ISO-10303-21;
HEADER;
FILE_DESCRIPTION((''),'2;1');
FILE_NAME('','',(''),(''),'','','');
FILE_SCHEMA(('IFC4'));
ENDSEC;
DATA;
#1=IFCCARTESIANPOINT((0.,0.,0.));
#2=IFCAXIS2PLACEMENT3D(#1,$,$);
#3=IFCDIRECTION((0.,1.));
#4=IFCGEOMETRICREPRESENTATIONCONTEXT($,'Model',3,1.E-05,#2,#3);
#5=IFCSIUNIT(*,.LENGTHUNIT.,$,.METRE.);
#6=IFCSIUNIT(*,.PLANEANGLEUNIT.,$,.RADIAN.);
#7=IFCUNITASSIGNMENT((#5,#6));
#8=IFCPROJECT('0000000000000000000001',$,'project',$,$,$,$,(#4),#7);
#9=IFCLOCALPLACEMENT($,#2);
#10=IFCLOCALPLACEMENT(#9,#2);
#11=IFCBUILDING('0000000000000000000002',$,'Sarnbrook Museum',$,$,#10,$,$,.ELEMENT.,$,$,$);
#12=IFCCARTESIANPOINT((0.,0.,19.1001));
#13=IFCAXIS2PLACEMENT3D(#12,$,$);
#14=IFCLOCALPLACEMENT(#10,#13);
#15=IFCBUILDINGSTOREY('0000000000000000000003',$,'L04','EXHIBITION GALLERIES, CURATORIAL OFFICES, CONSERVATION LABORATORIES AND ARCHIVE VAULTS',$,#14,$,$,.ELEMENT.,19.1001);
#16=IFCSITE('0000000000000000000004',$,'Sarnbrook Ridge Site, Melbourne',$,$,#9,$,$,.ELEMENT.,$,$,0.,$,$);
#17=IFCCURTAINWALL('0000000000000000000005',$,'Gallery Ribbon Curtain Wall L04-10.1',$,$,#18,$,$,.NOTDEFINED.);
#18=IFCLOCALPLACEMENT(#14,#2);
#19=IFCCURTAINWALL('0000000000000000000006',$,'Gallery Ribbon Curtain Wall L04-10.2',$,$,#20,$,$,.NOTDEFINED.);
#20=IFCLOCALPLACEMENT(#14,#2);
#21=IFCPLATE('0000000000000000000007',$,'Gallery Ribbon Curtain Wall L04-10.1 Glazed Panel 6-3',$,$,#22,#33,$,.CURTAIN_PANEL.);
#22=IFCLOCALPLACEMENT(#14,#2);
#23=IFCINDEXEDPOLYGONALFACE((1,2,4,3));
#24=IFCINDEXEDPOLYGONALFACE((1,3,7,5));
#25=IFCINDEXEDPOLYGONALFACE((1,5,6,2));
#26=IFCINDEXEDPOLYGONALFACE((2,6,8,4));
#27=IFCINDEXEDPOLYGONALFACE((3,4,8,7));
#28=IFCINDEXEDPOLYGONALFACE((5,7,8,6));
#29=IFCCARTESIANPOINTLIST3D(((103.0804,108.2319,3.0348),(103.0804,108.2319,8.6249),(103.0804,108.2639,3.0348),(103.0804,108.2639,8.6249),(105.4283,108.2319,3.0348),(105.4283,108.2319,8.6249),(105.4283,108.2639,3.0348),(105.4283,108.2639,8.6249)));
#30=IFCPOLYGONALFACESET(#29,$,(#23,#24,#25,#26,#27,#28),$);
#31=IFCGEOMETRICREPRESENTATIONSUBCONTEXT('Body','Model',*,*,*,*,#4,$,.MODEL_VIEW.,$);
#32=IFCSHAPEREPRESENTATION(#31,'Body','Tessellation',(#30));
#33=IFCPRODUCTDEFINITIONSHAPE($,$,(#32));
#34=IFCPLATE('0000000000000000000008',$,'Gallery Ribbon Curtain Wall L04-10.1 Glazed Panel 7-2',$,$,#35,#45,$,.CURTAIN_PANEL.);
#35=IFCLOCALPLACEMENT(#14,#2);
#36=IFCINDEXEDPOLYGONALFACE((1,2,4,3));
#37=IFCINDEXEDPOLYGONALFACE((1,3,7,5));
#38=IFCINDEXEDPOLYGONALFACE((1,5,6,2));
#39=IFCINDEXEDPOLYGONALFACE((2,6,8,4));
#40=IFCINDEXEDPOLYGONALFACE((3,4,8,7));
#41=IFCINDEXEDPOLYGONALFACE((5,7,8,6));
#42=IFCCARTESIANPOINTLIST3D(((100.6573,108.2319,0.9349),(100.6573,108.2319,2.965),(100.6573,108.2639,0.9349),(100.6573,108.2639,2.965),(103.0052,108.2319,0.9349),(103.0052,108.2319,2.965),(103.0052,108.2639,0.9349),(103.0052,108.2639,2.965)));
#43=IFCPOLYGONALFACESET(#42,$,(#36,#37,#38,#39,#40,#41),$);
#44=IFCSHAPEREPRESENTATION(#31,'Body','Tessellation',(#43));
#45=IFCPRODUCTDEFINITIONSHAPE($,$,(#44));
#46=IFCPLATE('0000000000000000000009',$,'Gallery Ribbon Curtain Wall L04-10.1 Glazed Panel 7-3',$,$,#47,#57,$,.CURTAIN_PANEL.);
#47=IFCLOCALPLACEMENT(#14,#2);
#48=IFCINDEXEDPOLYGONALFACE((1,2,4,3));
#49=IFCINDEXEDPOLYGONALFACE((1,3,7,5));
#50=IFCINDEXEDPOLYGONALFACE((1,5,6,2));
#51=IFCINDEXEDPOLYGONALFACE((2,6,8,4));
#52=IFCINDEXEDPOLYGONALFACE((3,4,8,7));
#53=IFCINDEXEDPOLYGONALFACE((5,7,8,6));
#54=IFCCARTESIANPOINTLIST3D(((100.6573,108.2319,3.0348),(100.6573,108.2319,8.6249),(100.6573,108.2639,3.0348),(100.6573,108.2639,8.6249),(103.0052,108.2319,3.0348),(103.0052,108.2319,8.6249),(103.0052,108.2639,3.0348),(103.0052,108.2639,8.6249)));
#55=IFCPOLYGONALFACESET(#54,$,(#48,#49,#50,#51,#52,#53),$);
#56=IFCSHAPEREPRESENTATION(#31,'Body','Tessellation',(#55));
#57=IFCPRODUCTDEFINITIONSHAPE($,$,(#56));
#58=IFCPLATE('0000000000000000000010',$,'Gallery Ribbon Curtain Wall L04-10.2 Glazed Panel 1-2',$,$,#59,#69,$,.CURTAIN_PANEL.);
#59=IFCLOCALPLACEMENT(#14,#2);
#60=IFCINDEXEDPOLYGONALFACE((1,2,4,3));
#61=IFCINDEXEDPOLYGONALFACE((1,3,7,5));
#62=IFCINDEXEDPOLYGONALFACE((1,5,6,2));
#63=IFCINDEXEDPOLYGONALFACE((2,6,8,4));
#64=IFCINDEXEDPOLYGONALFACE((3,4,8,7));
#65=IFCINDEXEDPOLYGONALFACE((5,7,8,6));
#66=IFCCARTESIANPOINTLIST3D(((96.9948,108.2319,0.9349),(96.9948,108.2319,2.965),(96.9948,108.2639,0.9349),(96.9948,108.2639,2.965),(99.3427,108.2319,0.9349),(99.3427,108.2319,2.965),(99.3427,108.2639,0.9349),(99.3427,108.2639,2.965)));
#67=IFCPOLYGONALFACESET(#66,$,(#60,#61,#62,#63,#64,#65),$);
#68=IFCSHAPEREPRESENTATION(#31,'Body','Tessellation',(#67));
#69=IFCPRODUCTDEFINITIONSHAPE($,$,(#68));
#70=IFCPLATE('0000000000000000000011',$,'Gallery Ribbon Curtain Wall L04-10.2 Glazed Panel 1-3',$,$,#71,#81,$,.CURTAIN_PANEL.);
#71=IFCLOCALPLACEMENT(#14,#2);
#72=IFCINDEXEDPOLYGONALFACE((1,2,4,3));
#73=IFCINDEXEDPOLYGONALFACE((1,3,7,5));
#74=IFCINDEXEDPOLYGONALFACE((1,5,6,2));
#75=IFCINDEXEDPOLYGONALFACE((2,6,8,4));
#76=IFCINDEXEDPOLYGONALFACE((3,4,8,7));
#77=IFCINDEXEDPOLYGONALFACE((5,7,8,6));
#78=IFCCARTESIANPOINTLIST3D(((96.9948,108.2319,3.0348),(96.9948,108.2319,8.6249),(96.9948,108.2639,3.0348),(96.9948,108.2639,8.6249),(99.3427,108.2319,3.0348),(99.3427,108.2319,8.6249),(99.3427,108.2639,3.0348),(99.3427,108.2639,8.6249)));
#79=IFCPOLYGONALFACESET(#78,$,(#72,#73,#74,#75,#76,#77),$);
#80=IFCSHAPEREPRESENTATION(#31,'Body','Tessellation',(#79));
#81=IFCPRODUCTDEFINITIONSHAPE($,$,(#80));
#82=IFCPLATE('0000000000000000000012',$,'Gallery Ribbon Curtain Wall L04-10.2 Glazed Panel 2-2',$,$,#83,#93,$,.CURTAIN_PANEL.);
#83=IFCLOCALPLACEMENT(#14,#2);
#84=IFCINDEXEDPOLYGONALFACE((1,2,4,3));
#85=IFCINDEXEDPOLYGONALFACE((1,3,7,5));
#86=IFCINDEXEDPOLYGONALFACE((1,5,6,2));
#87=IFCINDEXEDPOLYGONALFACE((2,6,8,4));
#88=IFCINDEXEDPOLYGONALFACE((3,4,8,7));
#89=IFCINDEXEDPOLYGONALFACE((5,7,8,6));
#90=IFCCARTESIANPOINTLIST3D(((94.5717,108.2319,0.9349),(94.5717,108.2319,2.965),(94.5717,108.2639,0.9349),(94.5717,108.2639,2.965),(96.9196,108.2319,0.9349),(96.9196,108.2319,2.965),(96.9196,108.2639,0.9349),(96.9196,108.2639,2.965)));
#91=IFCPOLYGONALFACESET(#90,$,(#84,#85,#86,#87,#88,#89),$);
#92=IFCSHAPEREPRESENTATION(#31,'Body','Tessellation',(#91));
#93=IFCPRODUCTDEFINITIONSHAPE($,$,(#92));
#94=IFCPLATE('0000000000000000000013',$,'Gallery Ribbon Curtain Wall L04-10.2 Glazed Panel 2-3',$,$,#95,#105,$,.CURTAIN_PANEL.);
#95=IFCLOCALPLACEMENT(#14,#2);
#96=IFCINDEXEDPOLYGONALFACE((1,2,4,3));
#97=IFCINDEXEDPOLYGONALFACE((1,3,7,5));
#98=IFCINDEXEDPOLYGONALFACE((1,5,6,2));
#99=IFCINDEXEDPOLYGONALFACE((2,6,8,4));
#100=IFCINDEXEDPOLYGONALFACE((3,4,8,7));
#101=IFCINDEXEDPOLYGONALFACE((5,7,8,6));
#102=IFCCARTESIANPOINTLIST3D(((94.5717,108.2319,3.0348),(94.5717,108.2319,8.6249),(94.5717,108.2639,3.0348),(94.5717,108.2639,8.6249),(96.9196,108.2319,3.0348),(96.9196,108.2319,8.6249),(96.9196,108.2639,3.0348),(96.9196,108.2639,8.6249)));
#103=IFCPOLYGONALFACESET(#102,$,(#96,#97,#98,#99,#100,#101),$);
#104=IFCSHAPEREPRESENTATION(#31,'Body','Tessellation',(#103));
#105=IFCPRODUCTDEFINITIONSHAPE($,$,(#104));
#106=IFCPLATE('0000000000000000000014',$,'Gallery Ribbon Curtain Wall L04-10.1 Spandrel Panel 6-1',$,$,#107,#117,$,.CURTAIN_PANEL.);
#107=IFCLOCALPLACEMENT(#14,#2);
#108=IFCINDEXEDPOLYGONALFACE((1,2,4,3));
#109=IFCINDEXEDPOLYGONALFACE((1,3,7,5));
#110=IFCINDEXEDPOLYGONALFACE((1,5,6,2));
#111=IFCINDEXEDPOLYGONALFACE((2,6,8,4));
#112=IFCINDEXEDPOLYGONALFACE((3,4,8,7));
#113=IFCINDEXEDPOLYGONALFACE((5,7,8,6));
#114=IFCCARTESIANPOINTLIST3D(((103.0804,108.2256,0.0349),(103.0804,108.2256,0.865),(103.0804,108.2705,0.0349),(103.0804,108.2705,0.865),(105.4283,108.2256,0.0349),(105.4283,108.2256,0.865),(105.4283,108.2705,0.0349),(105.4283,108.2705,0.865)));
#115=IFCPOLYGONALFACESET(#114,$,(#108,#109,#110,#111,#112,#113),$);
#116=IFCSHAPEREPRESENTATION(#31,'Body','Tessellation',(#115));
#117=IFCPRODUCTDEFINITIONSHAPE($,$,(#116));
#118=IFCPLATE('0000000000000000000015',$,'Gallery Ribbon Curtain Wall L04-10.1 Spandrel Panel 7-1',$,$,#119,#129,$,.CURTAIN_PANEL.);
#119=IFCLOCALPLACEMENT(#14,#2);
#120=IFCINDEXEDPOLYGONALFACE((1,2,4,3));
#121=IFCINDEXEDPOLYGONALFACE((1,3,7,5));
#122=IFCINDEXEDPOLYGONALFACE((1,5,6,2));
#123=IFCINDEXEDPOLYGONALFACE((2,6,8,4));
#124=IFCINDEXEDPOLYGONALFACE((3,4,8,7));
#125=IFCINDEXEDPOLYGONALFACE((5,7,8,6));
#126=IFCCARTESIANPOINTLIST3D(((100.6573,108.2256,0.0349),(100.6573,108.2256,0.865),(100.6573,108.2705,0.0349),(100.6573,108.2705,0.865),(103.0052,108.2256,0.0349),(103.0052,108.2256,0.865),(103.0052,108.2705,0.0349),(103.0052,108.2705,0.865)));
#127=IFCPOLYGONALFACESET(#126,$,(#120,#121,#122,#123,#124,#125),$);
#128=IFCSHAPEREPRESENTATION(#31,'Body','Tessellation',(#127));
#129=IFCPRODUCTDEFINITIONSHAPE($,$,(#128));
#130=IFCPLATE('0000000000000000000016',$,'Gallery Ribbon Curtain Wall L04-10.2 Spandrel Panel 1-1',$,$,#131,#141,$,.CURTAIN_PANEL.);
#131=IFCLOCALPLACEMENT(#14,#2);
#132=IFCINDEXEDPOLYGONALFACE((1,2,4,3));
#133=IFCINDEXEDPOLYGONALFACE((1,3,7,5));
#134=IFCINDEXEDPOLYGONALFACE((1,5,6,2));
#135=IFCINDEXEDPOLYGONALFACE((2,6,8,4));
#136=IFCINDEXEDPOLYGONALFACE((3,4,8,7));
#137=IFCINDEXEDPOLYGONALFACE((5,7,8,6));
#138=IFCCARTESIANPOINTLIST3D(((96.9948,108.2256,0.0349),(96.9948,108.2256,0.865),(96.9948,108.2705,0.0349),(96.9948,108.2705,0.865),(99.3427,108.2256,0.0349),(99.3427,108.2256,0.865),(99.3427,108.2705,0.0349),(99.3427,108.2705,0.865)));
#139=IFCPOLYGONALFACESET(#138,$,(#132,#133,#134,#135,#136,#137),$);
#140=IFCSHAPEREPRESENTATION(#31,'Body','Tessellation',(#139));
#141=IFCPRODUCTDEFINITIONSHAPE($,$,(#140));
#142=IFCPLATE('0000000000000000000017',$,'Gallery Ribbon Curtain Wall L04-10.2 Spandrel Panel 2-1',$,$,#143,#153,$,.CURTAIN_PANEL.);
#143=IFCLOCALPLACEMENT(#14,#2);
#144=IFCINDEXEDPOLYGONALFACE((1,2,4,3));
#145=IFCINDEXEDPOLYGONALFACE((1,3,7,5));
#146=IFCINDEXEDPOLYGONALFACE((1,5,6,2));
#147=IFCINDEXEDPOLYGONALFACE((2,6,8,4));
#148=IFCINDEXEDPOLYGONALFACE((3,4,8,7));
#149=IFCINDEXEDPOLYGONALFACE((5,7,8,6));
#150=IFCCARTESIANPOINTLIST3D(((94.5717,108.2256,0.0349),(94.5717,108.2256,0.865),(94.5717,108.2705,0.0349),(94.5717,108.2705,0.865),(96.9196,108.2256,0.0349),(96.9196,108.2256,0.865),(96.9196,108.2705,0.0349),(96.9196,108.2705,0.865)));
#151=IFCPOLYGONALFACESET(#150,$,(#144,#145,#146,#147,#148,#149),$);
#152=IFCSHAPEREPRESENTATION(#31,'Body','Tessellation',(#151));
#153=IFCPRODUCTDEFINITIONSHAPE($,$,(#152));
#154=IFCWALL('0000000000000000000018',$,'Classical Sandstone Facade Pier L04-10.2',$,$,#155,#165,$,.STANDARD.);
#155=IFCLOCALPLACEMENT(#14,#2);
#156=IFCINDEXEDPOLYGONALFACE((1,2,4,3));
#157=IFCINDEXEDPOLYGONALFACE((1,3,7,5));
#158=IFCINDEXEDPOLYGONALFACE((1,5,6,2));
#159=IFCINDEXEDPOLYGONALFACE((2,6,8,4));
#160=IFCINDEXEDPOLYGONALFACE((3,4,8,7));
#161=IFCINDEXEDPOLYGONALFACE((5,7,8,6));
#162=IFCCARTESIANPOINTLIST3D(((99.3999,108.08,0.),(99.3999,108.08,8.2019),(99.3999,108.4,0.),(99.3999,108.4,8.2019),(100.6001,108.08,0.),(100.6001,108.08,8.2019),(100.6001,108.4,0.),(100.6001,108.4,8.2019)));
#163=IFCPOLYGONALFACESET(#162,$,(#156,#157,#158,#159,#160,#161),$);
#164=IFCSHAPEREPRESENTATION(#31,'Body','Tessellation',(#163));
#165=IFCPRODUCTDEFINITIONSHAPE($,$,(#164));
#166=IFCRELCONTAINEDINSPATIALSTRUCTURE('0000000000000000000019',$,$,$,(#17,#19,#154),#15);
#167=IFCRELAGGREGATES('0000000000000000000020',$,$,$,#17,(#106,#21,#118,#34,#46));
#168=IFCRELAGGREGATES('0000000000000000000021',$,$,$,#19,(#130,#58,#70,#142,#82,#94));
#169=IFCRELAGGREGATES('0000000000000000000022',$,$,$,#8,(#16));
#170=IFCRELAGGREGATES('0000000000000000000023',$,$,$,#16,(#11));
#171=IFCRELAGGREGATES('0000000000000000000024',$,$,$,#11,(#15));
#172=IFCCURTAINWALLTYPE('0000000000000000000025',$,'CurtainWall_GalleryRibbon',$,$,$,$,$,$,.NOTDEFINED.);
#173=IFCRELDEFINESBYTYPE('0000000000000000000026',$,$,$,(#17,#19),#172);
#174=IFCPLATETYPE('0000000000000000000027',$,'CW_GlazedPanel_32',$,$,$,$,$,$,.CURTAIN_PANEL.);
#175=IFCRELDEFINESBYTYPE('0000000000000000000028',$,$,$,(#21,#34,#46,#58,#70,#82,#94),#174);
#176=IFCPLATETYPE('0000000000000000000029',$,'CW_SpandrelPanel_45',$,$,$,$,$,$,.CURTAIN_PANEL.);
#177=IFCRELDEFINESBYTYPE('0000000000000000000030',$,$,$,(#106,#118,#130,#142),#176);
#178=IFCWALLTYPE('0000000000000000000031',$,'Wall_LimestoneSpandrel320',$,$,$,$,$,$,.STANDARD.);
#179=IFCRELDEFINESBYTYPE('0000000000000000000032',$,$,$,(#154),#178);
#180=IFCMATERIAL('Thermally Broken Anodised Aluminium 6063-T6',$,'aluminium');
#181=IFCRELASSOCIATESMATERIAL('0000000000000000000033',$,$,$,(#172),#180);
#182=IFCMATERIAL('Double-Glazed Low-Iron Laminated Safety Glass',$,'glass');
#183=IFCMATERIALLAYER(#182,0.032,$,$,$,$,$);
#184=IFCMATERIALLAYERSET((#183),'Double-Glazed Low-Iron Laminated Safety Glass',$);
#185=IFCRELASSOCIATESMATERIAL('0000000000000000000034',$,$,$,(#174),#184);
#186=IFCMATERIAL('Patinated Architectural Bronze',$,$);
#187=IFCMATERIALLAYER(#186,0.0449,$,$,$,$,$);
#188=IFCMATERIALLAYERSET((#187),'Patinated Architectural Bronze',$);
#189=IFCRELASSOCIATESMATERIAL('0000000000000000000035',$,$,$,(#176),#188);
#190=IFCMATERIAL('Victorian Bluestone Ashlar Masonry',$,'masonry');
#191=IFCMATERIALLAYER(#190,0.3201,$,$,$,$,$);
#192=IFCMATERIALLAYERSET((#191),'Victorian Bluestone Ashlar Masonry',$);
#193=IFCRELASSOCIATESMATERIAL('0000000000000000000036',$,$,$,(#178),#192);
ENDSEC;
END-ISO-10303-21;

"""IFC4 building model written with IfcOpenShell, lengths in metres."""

from ifc_helpers import new_model, si_unit, direction, frame, frame_2d, origin, origin_2d, place, context, subcontext, project, spatial, rectangle, extrude, material, layer, layer_set, type_object, element, aggregate, save


model = new_model("IFC4")

# Units and contexts
model_context = context("Model", 3, precision=1e-05, world=origin(), true_north=direction((0.0, 1.0)))
body_context = subcontext(model_context, "Body", "Model", "MODEL_VIEW")
ifc_project = project(units=[si_unit("LENGTHUNIT", "METRE"), si_unit("PLANEANGLEUNIT", "RADIAN")], contexts=[model_context])

# Site, building, storey
site_placement = place(None, origin())
site = spatial("IfcSite", under=ifc_project, at=site_placement, Name="Sarnbrook Ridge Site, Melbourne", CompositionType="ELEMENT", RefElevation=0.0)
building_placement = place(site_placement, origin())
building = spatial("IfcBuilding", under=site, at=building_placement, Name="Sarnbrook Museum", CompositionType="ELEMENT")
storey_placement = place(building_placement, frame((0.0, 0.0, 19.1001)))
storey = spatial("IfcBuildingStorey", under=building, at=storey_placement, Name="L04", Description="EXHIBITION GALLERIES, CURATORIAL OFFICES, CONSERVATION LABORATORIES AND ARCHIVE VAULTS", CompositionType="ELEMENT", Elevation=19.1001)

# Curtain walls
ifc_material_1 = material(Name="Thermally Broken Anodised Aluminium 6063-T6", Category="aluminium")
curtain_wall_type = type_object("IfcCurtainWallType", Name="CurtainWall_GalleryRibbon", PredefinedType="NOTDEFINED", material=ifc_material_1)
curtain_wall_1_placement = place(storey_placement, origin())
curtain_wall_1 = element("IfcCurtainWall", 1, at=curtain_wall_1_placement, inside=storey, type_object=curtain_wall_type, Name="Gallery Ribbon Curtain Wall L04-10.1", PredefinedType="NOTDEFINED")
curtain_wall_2_placement = place(storey_placement, origin())
curtain_wall_2 = element("IfcCurtainWall", 2, at=curtain_wall_2_placement, inside=storey, type_object=curtain_wall_type, Name="Gallery Ribbon Curtain Wall L04-10.2", PredefinedType="NOTDEFINED")

# Plates
ifc_material_2 = material(Name="Double-Glazed Low-Iron Laminated Safety Glass", Category="glass")
ifc_layer_1 = layer(ifc_material_2, 0.032)
ifc_layer_set_1 = layer_set([ifc_layer_1], Name="Double-Glazed Low-Iron Laminated Safety Glass")
plate_type_1 = type_object("IfcPlateType", Name="CW_GlazedPanel_32", PredefinedType="CURTAIN_PANEL", material=ifc_layer_set_1)
plate_1_placement = place(storey_placement, frame((104.2544, 108.2319, 5.8298), z_axis=(0.0, 1.0, 0.0), x_axis=(-1.0, 0.0, 0.0)))
plate_1 = element("IfcPlate", 3, at=plate_1_placement, type_object=plate_type_1, Name="Gallery Ribbon Curtain Wall L04-10.1 Glazed Panel 6-3", PredefinedType="CURTAIN_PANEL", context=body_context, shape_type="SweptSolid", body=[
    extrude(rectangle(XDim=2.3479, YDim=5.5901, at=origin_2d()), origin(), (0.0, 0.0, 1.0), 0.032),
])
plate_2_placement = place(storey_placement, frame((101.8313, 108.2319, 1.95), z_axis=(0.0, 1.0, 0.0), x_axis=(-1.0, 0.0, 0.0)))
plate_2 = element("IfcPlate", 4, at=plate_2_placement, type_object=plate_type_1, Name="Gallery Ribbon Curtain Wall L04-10.1 Glazed Panel 7-2", PredefinedType="CURTAIN_PANEL", context=body_context, shape_type="SweptSolid", body=[
    extrude(rectangle(XDim=2.3479, YDim=2.03, at=origin_2d()), origin(), (0.0, 0.0, 1.0), 0.032),
])
plate_3_placement = place(storey_placement, frame((101.8313, 108.2319, 5.8298), z_axis=(0.0, 1.0, 0.0), x_axis=(-1.0, 0.0, 0.0)))
plate_3 = element("IfcPlate", 5, at=plate_3_placement, type_object=plate_type_1, Name="Gallery Ribbon Curtain Wall L04-10.1 Glazed Panel 7-3", PredefinedType="CURTAIN_PANEL", context=body_context, shape_type="SweptSolid", body=[
    extrude(rectangle(XDim=2.3479, YDim=5.5901, at=origin_2d()), origin(), (0.0, 0.0, 1.0), 0.032),
])
plate_4_placement = place(storey_placement, frame((98.1687, 108.2319, 1.95), z_axis=(0.0, 1.0, 0.0), x_axis=(-1.0, 0.0, 0.0)))
plate_4 = element("IfcPlate", 6, at=plate_4_placement, type_object=plate_type_1, Name="Gallery Ribbon Curtain Wall L04-10.2 Glazed Panel 1-2", PredefinedType="CURTAIN_PANEL", context=body_context, shape_type="SweptSolid", body=[
    extrude(rectangle(XDim=2.3479, YDim=2.03, at=origin_2d()), origin(), (0.0, 0.0, 1.0), 0.032),
])
plate_5_placement = place(storey_placement, frame((98.1687, 108.2319, 5.8298), z_axis=(0.0, 1.0, 0.0), x_axis=(-1.0, 0.0, 0.0)))
plate_5 = element("IfcPlate", 7, at=plate_5_placement, type_object=plate_type_1, Name="Gallery Ribbon Curtain Wall L04-10.2 Glazed Panel 1-3", PredefinedType="CURTAIN_PANEL", context=body_context, shape_type="SweptSolid", body=[
    extrude(rectangle(XDim=2.3479, YDim=5.5901, at=origin_2d()), origin(), (0.0, 0.0, 1.0), 0.032),
])
plate_6_placement = place(storey_placement, frame((95.7456, 108.2319, 1.95), z_axis=(0.0, 1.0, 0.0), x_axis=(-1.0, 0.0, 0.0)))
plate_6 = element("IfcPlate", 8, at=plate_6_placement, type_object=plate_type_1, Name="Gallery Ribbon Curtain Wall L04-10.2 Glazed Panel 2-2", PredefinedType="CURTAIN_PANEL", context=body_context, shape_type="SweptSolid", body=[
    extrude(rectangle(XDim=2.3479, YDim=2.03, at=origin_2d()), origin(), (0.0, 0.0, 1.0), 0.032),
])
plate_7_placement = place(storey_placement, frame((95.7456, 108.2319, 5.8298), z_axis=(0.0, 1.0, 0.0), x_axis=(-1.0, 0.0, 0.0)))
plate_7 = element("IfcPlate", 9, at=plate_7_placement, type_object=plate_type_1, Name="Gallery Ribbon Curtain Wall L04-10.2 Glazed Panel 2-3", PredefinedType="CURTAIN_PANEL", context=body_context, shape_type="SweptSolid", body=[
    extrude(rectangle(XDim=2.3479, YDim=5.5901, at=origin_2d()), origin(), (0.0, 0.0, 1.0), 0.032),
])
ifc_material_3 = material(Name="Patinated Architectural Bronze")
ifc_layer_2 = layer(ifc_material_3, 0.0449)
ifc_layer_set_2 = layer_set([ifc_layer_2], Name="Patinated Architectural Bronze")
plate_type_2 = type_object("IfcPlateType", Name="CW_SpandrelPanel_45", PredefinedType="CURTAIN_PANEL", material=ifc_layer_set_2)
plate_8_placement = place(storey_placement, frame((104.2544, 108.2256, 0.45), z_axis=(0.0, 1.0, 0.0), x_axis=(-1.0, 0.0, 0.0)))
plate_8 = element("IfcPlate", 10, at=plate_8_placement, type_object=plate_type_2, Name="Gallery Ribbon Curtain Wall L04-10.1 Spandrel Panel 6-1", PredefinedType="CURTAIN_PANEL", context=body_context, shape_type="SweptSolid", body=[
    extrude(rectangle(XDim=2.3479, YDim=0.8301, at=origin_2d()), origin(), (0.0, 0.0, 1.0), 0.0449),
])
plate_9_placement = place(storey_placement, frame((101.8313, 108.2256, 0.45), z_axis=(0.0, 1.0, 0.0), x_axis=(-1.0, 0.0, 0.0)))
plate_9 = element("IfcPlate", 11, at=plate_9_placement, type_object=plate_type_2, Name="Gallery Ribbon Curtain Wall L04-10.1 Spandrel Panel 7-1", PredefinedType="CURTAIN_PANEL", context=body_context, shape_type="SweptSolid", body=[
    extrude(rectangle(XDim=2.3479, YDim=0.8301, at=origin_2d()), origin(), (0.0, 0.0, 1.0), 0.0449),
])
aggregate(curtain_wall_1, [plate_8, plate_1, plate_9, plate_2, plate_3])
plate_10_placement = place(storey_placement, frame((98.1687, 108.2256, 0.45), z_axis=(0.0, 1.0, 0.0), x_axis=(-1.0, 0.0, 0.0)))
plate_10 = element("IfcPlate", 12, at=plate_10_placement, type_object=plate_type_2, Name="Gallery Ribbon Curtain Wall L04-10.2 Spandrel Panel 1-1", PredefinedType="CURTAIN_PANEL", context=body_context, shape_type="SweptSolid", body=[
    extrude(rectangle(XDim=2.3479, YDim=0.8301, at=origin_2d()), origin(), (0.0, 0.0, 1.0), 0.0449),
])
plate_11_placement = place(storey_placement, frame((95.7456, 108.2256, 0.45), z_axis=(0.0, 1.0, 0.0), x_axis=(-1.0, 0.0, 0.0)))
plate_11 = element("IfcPlate", 13, at=plate_11_placement, type_object=plate_type_2, Name="Gallery Ribbon Curtain Wall L04-10.2 Spandrel Panel 2-1", PredefinedType="CURTAIN_PANEL", context=body_context, shape_type="SweptSolid", body=[
    extrude(rectangle(XDim=2.3479, YDim=0.8301, at=origin_2d()), origin(), (0.0, 0.0, 1.0), 0.0449),
])
aggregate(curtain_wall_2, [plate_10, plate_4, plate_5, plate_11, plate_6, plate_7])

# Wall
ifc_material_4 = material(Name="Victorian Bluestone Ashlar Masonry", Category="masonry")
ifc_layer_3 = layer(ifc_material_4, 0.3201)
ifc_layer_set_3 = layer_set([ifc_layer_3], Name="Victorian Bluestone Ashlar Masonry")
wall_type = type_object("IfcWallType", Name="Wall_LimestoneSpandrel320", PredefinedType="STANDARD", material=ifc_layer_set_3)
wall_placement = place(storey_placement, frame((100.6001, 108.24, 0.0), z_axis=(0.0, 0.0, 1.0), x_axis=(-1.0, 0.0, 0.0)))
element("IfcWall", 14, at=wall_placement, inside=storey, type_object=wall_type, Name="Classical Sandstone Facade Pier L04-10.2", PredefinedType="STANDARD", context=body_context, shape_type="SweptSolid", body=[
    extrude(rectangle(XDim=1.2002, YDim=0.3201, at=frame_2d((0.6001, 0.0))), origin(), (0.0, 0.0, 1.0), 8.2019),
])

save(model, "model.ifc")
